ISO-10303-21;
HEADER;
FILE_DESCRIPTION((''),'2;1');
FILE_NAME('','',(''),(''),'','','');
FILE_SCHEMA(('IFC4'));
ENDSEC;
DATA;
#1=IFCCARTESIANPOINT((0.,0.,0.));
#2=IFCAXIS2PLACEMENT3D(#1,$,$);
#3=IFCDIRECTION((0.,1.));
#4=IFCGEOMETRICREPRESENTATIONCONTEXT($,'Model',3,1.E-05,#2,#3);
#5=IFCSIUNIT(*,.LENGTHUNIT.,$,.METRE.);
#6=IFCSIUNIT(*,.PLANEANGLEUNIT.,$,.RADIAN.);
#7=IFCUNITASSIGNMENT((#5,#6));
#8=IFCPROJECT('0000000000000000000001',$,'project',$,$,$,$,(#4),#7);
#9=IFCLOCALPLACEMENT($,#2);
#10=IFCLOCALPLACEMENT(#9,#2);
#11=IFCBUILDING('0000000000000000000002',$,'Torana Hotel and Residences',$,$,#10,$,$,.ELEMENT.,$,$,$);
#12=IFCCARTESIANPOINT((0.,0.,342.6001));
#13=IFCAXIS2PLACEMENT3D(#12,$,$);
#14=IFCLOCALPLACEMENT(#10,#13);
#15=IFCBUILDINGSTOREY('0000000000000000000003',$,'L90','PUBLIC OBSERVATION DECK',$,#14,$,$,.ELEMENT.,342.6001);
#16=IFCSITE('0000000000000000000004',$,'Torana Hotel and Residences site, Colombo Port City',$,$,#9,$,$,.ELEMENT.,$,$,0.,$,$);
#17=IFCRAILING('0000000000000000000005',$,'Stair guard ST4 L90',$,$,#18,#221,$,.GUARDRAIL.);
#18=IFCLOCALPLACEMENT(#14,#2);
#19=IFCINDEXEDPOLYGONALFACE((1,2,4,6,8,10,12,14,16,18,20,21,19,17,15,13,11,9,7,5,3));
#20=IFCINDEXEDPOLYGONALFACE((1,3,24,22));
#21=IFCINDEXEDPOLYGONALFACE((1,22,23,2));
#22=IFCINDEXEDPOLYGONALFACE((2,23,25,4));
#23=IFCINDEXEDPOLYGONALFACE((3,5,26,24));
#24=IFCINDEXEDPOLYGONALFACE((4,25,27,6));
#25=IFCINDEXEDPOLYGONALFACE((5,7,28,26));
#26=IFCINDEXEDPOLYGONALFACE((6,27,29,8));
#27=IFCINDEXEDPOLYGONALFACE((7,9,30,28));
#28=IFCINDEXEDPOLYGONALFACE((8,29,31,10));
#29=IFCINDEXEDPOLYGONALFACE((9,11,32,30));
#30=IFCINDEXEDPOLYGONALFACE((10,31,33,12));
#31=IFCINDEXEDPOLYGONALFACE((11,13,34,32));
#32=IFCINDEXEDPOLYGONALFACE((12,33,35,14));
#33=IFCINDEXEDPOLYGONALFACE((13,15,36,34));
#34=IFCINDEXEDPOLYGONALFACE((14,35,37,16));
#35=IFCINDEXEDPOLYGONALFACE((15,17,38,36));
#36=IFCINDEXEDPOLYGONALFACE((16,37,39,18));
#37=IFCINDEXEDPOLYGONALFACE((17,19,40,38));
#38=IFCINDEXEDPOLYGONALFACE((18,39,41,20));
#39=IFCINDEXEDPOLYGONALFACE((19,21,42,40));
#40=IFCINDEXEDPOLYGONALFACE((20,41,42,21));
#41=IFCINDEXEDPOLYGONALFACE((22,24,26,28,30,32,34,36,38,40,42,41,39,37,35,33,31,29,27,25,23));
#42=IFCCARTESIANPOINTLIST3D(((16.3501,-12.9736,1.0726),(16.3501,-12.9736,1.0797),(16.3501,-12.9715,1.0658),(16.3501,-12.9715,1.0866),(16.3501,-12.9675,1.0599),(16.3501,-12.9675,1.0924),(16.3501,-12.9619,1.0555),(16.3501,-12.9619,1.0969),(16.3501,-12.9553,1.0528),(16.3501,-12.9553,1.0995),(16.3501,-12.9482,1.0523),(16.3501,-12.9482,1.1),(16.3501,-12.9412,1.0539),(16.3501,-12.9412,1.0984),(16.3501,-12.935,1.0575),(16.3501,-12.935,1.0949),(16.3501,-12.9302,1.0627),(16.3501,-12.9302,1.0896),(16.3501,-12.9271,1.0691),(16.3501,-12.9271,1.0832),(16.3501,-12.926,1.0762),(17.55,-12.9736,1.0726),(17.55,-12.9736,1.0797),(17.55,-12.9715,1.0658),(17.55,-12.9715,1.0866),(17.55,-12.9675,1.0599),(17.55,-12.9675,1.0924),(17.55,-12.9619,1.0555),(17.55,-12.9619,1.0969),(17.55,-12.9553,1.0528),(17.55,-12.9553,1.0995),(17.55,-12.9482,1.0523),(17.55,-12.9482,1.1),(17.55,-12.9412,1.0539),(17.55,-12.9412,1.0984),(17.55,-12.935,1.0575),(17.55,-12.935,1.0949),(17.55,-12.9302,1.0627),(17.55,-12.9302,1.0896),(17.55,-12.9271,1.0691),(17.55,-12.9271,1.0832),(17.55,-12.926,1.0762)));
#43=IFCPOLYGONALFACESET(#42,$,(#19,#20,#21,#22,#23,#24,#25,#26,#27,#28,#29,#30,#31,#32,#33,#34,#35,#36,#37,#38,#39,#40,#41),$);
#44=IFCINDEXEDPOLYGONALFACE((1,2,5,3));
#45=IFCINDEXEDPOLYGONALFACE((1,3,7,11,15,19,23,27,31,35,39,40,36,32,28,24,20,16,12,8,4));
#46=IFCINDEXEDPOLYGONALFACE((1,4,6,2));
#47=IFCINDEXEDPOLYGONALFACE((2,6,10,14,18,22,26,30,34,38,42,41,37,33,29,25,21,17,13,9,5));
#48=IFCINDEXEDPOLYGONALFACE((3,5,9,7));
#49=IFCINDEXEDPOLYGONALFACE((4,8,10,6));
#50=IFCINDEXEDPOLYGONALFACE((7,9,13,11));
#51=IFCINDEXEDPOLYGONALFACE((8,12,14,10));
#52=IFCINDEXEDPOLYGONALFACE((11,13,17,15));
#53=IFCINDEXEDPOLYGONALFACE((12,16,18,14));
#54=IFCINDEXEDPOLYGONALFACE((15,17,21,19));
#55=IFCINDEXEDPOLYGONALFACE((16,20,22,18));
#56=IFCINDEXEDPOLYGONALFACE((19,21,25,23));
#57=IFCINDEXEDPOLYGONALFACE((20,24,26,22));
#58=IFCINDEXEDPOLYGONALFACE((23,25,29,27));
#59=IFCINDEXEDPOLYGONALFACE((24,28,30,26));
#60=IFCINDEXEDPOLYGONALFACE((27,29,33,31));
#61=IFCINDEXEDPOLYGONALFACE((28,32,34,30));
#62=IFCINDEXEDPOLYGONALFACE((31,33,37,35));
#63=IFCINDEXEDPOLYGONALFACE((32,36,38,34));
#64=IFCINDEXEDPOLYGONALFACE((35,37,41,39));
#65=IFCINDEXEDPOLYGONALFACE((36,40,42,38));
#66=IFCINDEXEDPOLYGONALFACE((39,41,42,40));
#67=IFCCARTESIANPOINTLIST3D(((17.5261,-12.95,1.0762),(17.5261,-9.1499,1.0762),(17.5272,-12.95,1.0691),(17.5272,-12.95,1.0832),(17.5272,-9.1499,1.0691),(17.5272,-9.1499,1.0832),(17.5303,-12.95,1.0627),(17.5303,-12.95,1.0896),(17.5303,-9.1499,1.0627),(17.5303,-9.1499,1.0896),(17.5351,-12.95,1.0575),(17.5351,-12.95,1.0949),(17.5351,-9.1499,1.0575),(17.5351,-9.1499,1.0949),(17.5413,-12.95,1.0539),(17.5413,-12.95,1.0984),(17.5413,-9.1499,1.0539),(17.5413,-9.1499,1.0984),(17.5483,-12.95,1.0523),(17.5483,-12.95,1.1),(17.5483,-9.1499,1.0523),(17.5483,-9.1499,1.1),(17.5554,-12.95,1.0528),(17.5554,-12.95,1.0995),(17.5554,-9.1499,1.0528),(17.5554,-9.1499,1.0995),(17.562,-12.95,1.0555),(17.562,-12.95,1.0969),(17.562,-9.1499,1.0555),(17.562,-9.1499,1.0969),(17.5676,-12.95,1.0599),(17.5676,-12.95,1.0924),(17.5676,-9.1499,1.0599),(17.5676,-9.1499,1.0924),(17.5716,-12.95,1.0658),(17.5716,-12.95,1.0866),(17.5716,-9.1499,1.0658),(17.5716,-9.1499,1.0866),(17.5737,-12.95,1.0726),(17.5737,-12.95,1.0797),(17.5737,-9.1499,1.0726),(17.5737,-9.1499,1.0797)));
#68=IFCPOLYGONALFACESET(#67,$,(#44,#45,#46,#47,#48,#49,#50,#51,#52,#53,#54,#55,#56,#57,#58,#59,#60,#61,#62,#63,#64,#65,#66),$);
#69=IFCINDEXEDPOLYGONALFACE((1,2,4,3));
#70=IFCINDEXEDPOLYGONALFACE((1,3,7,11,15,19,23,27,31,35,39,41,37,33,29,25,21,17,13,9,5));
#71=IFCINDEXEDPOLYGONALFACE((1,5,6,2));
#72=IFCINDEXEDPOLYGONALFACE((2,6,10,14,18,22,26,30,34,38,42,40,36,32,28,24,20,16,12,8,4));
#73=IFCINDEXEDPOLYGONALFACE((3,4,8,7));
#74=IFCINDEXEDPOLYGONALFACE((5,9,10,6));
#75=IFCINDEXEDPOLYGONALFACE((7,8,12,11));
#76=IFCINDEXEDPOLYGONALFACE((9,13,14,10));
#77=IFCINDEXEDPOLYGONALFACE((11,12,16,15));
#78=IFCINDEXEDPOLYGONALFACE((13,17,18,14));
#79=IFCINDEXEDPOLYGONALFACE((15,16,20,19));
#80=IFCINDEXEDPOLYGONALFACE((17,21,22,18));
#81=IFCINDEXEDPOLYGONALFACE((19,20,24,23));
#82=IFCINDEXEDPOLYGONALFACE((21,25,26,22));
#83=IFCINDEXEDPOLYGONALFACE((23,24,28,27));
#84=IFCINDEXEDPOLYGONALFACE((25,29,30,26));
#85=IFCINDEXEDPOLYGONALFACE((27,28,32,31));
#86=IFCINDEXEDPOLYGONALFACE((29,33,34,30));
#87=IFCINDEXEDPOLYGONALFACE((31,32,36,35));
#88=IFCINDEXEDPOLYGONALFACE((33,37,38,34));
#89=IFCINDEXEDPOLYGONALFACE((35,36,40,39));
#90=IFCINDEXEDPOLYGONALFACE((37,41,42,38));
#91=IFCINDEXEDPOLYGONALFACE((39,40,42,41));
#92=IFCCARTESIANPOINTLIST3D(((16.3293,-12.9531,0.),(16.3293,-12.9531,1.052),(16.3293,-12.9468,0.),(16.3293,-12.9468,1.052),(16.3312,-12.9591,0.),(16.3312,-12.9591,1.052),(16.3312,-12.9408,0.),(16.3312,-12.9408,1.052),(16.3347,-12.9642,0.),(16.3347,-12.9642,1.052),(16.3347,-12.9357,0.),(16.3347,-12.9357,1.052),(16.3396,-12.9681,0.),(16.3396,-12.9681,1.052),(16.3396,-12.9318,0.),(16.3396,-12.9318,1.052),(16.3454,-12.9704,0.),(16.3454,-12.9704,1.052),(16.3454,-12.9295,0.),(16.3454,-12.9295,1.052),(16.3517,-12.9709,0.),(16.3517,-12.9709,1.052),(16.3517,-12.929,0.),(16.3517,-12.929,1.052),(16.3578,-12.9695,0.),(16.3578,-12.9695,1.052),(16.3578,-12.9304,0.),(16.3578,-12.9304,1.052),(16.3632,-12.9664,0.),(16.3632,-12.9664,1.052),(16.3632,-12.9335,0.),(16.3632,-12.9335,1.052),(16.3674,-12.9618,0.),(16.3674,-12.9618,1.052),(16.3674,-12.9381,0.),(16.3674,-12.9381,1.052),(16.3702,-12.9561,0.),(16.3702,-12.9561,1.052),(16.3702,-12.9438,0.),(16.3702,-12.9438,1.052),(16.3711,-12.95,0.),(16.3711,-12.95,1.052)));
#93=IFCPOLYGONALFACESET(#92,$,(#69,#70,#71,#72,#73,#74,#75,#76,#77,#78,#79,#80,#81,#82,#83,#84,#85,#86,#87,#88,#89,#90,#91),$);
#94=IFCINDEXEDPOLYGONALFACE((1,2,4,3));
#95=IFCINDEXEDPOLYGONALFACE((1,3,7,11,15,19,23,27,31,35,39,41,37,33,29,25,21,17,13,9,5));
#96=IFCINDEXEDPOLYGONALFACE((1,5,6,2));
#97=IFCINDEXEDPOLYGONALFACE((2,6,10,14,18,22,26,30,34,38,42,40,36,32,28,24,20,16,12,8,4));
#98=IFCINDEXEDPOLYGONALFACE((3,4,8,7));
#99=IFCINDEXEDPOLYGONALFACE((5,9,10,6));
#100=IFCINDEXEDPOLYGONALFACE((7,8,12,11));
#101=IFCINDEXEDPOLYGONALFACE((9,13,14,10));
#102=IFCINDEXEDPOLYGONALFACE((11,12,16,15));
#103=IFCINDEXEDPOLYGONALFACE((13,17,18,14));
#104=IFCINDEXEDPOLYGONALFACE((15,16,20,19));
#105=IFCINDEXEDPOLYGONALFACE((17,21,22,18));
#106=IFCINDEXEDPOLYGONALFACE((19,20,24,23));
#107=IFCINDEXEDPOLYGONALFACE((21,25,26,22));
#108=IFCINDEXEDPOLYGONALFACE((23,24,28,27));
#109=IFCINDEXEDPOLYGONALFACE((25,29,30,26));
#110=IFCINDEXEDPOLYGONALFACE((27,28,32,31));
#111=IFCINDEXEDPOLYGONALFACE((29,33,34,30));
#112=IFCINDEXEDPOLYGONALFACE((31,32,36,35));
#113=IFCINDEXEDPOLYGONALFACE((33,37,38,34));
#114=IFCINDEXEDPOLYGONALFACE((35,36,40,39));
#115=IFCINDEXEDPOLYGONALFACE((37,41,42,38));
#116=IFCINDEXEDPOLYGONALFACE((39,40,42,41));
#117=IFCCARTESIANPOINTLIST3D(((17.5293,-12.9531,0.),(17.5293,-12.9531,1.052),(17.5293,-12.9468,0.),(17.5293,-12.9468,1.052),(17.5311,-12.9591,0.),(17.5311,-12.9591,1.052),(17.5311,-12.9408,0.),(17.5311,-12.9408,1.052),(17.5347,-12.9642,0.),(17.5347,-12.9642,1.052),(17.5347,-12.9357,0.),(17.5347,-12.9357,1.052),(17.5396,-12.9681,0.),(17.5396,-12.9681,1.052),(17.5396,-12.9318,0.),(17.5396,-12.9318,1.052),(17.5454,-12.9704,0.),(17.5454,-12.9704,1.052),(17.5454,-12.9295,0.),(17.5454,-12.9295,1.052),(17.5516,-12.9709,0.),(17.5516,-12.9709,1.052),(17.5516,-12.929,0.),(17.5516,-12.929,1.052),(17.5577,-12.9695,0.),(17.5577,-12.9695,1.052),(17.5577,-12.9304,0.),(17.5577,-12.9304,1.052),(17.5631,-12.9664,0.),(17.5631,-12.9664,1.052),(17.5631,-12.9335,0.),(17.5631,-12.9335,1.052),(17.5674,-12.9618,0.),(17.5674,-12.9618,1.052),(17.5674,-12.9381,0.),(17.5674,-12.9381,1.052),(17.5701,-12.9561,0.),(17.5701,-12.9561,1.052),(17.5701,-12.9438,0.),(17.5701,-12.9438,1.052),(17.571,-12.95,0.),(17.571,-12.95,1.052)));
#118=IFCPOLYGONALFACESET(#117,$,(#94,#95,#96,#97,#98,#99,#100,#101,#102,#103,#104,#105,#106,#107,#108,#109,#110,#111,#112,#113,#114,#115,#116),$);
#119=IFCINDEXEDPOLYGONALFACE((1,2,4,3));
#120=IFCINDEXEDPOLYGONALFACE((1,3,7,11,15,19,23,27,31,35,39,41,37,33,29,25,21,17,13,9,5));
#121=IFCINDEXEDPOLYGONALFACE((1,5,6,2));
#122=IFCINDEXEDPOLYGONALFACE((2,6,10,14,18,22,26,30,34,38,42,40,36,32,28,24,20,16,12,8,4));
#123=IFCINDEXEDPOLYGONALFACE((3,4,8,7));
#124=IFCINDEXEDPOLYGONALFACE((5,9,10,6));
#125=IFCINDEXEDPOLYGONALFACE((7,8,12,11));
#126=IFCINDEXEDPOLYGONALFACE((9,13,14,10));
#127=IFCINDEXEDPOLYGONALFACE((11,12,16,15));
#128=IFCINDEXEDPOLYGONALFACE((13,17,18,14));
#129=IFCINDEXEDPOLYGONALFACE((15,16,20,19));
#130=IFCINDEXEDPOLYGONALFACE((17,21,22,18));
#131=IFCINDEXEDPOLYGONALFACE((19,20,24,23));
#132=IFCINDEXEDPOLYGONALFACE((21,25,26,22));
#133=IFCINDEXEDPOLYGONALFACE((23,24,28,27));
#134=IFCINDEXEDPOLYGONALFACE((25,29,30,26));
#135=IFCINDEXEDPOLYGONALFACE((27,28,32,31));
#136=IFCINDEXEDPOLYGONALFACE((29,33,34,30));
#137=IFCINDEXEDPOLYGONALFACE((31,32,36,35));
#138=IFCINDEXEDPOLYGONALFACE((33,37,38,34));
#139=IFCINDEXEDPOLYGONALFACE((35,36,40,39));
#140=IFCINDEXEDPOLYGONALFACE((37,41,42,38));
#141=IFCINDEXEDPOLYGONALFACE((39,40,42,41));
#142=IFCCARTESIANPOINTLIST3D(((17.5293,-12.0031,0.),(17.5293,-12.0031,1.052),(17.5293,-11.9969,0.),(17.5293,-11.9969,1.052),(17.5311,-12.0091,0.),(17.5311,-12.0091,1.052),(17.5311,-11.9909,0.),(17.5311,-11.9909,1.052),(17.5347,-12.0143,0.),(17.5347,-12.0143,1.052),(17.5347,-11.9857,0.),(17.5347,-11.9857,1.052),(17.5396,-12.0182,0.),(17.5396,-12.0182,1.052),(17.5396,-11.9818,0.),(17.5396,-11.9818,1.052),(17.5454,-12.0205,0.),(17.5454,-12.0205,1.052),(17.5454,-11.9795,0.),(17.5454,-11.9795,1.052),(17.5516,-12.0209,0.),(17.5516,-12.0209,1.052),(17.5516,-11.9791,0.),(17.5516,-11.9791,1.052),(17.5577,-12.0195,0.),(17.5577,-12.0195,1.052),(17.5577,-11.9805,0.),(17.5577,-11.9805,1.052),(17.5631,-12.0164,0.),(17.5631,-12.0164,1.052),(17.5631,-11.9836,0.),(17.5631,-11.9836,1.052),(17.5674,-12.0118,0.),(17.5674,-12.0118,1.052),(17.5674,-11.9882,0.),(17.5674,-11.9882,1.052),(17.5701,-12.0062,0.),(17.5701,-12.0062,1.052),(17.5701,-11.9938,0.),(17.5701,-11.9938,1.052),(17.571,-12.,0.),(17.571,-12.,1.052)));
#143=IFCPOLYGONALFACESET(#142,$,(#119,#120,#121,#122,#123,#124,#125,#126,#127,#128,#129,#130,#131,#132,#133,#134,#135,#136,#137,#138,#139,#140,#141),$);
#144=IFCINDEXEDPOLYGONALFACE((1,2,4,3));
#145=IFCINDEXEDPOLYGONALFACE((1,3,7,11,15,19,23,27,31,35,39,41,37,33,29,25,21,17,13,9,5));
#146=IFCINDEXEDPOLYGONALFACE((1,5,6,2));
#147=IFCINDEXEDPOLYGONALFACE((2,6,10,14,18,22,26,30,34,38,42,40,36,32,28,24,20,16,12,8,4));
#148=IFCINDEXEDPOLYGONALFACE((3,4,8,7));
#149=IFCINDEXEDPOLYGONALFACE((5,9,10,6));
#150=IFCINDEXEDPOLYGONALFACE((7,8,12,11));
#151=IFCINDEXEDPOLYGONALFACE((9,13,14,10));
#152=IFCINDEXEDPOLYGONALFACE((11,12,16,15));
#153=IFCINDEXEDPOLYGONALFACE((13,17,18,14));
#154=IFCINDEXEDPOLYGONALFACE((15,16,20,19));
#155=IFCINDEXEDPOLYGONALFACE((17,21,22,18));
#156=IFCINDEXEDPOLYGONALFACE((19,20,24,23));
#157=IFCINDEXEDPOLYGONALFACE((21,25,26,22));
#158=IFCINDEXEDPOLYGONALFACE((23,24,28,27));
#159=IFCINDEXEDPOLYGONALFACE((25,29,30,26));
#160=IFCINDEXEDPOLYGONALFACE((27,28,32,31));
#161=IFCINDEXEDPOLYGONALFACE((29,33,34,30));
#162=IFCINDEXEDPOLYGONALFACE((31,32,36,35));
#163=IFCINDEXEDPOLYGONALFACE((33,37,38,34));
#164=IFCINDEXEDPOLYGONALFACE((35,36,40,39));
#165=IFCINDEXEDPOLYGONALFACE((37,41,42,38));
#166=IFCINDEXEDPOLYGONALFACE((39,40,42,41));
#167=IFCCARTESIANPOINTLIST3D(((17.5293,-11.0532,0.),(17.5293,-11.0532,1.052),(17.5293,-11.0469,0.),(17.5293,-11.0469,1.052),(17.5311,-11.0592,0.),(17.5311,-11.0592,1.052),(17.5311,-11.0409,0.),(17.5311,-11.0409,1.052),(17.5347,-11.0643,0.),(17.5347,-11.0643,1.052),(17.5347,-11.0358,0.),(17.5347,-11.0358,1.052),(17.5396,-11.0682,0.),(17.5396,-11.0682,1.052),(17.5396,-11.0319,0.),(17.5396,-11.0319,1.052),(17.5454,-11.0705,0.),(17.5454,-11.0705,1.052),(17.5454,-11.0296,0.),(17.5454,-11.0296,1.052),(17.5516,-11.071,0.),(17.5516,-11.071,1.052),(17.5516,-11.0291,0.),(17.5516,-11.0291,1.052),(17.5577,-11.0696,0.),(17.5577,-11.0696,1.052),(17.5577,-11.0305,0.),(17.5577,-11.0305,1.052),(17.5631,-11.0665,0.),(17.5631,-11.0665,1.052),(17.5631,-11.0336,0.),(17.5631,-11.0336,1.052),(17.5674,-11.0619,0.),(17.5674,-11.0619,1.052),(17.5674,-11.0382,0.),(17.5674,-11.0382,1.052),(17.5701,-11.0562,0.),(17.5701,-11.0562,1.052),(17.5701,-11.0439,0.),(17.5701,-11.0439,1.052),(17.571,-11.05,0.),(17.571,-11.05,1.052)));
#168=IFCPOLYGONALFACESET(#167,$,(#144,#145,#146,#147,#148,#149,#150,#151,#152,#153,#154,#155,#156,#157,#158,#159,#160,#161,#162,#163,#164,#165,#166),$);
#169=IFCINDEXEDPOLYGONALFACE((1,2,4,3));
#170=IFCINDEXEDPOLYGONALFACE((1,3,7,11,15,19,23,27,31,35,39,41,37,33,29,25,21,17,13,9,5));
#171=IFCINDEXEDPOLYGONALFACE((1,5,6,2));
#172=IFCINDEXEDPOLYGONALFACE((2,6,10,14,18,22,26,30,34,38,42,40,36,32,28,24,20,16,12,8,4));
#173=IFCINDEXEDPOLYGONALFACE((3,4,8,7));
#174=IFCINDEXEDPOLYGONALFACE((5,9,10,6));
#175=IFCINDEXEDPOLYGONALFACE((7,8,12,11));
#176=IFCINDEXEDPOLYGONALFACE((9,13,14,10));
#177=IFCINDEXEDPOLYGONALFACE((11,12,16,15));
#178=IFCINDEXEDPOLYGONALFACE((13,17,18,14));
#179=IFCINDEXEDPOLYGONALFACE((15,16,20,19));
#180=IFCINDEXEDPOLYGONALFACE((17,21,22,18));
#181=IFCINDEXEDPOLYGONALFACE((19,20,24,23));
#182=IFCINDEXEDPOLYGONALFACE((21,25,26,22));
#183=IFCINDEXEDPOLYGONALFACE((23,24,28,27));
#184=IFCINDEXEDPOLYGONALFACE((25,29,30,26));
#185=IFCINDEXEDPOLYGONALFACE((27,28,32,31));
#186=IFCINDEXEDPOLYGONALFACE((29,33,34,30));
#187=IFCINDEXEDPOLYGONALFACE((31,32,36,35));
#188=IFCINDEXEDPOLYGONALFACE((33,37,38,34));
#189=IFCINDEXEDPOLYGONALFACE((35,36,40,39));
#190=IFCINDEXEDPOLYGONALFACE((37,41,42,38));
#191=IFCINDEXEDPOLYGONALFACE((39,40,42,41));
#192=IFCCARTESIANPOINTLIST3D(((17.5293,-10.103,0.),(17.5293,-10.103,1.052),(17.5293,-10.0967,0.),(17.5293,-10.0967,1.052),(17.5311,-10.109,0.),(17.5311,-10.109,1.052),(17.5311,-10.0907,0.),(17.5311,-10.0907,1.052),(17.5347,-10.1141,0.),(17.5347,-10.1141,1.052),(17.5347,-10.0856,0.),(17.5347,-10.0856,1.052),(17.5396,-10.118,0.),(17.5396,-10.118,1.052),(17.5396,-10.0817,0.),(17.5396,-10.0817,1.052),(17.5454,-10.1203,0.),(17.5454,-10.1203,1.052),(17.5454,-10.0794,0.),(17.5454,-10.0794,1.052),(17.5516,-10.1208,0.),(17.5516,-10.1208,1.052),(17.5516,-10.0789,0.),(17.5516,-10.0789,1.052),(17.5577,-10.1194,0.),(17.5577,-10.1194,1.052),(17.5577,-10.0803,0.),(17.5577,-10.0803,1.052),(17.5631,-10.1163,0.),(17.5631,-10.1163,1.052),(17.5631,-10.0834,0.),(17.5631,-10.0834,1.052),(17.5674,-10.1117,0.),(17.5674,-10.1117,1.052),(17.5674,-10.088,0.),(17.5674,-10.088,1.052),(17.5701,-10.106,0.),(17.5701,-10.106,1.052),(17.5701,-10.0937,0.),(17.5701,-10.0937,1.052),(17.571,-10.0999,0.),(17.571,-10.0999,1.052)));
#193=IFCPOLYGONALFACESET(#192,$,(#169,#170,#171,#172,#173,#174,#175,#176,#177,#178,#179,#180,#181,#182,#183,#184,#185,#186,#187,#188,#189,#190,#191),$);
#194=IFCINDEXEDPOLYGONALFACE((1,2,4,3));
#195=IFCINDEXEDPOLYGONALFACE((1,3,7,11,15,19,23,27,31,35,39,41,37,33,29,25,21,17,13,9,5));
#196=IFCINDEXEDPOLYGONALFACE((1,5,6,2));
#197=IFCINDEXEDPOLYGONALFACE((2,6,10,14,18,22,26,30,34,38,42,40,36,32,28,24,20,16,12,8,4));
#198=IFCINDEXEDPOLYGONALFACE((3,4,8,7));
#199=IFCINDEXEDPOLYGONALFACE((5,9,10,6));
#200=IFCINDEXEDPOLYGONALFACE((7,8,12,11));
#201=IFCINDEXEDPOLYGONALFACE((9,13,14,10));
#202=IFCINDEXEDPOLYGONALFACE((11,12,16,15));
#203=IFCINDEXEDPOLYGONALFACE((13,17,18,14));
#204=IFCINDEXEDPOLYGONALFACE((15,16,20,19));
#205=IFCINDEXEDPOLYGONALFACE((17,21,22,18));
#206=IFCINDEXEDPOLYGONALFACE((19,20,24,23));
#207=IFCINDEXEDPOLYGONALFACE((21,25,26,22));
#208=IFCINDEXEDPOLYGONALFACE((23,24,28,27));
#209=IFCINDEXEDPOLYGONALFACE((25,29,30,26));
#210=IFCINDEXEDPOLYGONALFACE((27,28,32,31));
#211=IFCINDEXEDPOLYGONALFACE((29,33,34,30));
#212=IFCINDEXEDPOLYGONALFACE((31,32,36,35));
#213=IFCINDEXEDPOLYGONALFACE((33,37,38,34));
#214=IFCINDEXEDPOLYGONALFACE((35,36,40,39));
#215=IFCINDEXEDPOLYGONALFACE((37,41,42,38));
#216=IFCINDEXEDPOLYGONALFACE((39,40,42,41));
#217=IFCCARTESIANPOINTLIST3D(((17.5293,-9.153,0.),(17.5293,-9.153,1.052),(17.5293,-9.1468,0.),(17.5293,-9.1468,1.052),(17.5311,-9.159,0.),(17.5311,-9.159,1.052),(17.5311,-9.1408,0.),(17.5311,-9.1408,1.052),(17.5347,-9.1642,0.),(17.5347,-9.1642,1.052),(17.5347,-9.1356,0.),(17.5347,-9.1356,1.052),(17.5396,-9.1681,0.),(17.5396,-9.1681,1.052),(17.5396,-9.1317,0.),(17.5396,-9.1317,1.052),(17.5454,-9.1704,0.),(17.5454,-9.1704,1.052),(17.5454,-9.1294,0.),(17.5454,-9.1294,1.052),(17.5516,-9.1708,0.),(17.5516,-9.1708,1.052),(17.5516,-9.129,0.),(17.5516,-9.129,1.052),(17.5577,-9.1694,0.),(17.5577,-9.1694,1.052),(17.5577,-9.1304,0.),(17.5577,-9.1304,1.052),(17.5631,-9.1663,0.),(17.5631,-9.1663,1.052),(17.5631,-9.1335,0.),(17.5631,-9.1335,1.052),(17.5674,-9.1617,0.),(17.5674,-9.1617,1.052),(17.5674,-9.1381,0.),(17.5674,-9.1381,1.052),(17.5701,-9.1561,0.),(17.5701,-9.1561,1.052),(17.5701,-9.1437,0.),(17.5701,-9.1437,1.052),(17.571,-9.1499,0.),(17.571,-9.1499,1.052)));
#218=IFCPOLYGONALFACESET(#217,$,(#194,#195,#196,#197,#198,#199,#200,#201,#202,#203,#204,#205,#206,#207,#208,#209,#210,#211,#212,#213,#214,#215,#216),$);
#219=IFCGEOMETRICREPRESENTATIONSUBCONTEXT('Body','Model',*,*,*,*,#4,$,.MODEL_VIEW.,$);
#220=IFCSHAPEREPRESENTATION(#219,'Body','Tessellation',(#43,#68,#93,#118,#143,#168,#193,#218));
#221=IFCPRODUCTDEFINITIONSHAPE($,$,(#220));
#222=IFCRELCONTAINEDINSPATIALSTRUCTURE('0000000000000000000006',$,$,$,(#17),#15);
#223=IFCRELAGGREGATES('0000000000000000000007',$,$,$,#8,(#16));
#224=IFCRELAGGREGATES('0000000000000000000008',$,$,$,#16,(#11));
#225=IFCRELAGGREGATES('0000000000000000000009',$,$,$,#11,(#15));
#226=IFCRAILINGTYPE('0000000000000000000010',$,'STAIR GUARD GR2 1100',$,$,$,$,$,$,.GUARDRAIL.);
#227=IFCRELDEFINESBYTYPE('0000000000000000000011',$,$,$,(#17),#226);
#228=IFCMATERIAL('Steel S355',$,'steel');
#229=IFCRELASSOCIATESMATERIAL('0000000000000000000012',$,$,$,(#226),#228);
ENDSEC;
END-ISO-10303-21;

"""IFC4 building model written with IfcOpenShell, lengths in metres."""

from ifc_helpers import new_model, si_unit, direction, frame, origin, origin_2d, place, context, subcontext, project, spatial, circle, extrude, material, type_object, element, save


model = new_model("IFC4")

# Units and contexts
model_context = context("Model", 3, precision=1e-05, world=origin(), true_north=direction((0.0, 1.0)))
body_context = subcontext(model_context, "Body", "Model", "MODEL_VIEW")
ifc_project = project(units=[si_unit("LENGTHUNIT", "METRE"), si_unit("PLANEANGLEUNIT", "RADIAN")], contexts=[model_context])

# Site, building, storey
site_placement = place(None, origin())
site = spatial("IfcSite", under=ifc_project, at=site_placement, Name="Torana Hotel and Residences site, Colombo Port City", CompositionType="ELEMENT", RefElevation=0.0)
building_placement = place(site_placement, origin())
building = spatial("IfcBuilding", under=site, at=building_placement, Name="Torana Hotel and Residences", CompositionType="ELEMENT")
storey_placement = place(building_placement, frame((0.0, 0.0, 342.6001)))
storey = spatial("IfcBuildingStorey", under=building, at=storey_placement, Name="L90", Description="PUBLIC OBSERVATION DECK", CompositionType="ELEMENT", Elevation=342.6001)

# Railing
ifc_material_1 = material(Name="Steel S355", Category="steel")
railing_type_1 = type_object("IfcRailingType", Name="STAIR GUARD GR2 1100", PredefinedType="GUARDRAIL", material=ifc_material_1)
railing_1_placement = place(storey_placement, frame((16.3501, -12.95, 0.0)))
element("IfcRailing", 1, at=railing_1_placement, inside=storey, type_object=railing_type_1, Name="Stair guard ST4 L90", PredefinedType="GUARDRAIL", context=body_context, shape_type="SweptSolid", body=[
    extrude(circle(Radius=0.0239, at=origin_2d()), frame((0.0, 0.0, 1.0762), z_axis=(1.0, 0.0, 0.0), x_axis=(0.0, 1.0, 0.0)), (0.0, 0.0, 1.0), 1.2),
    extrude(circle(Radius=0.0239, at=origin_2d()), frame((1.2, 0.0, 1.0762), z_axis=(0.0, 1.0, 0.0), x_axis=(-1.0, 0.0, 0.0)), (0.0, 0.0, 1.0), 3.8),
    extrude(circle(Radius=0.021, at=origin_2d()), origin(), (0.0, 0.0, 1.0), 1.052),
    extrude(circle(Radius=0.021, at=origin_2d()), frame((1.2, 0.0, 0.0)), (0.0, 0.0, 1.0), 1.052),
    extrude(circle(Radius=0.021, at=origin_2d()), frame((1.2, 0.95, 0.0)), (0.0, 0.0, 1.0), 1.052),
    extrude(circle(Radius=0.021, at=origin_2d()), frame((1.2, 1.8999, 0.0)), (0.0, 0.0, 1.0), 1.052),
    extrude(circle(Radius=0.021, at=origin_2d()), frame((1.2, 2.8501, 0.0)), (0.0, 0.0, 1.0), 1.052),
    extrude(circle(Radius=0.021, at=origin_2d()), frame((1.2, 3.8, 0.0)), (0.0, 0.0, 1.0), 1.052),
])

save(model, "model.ifc")
